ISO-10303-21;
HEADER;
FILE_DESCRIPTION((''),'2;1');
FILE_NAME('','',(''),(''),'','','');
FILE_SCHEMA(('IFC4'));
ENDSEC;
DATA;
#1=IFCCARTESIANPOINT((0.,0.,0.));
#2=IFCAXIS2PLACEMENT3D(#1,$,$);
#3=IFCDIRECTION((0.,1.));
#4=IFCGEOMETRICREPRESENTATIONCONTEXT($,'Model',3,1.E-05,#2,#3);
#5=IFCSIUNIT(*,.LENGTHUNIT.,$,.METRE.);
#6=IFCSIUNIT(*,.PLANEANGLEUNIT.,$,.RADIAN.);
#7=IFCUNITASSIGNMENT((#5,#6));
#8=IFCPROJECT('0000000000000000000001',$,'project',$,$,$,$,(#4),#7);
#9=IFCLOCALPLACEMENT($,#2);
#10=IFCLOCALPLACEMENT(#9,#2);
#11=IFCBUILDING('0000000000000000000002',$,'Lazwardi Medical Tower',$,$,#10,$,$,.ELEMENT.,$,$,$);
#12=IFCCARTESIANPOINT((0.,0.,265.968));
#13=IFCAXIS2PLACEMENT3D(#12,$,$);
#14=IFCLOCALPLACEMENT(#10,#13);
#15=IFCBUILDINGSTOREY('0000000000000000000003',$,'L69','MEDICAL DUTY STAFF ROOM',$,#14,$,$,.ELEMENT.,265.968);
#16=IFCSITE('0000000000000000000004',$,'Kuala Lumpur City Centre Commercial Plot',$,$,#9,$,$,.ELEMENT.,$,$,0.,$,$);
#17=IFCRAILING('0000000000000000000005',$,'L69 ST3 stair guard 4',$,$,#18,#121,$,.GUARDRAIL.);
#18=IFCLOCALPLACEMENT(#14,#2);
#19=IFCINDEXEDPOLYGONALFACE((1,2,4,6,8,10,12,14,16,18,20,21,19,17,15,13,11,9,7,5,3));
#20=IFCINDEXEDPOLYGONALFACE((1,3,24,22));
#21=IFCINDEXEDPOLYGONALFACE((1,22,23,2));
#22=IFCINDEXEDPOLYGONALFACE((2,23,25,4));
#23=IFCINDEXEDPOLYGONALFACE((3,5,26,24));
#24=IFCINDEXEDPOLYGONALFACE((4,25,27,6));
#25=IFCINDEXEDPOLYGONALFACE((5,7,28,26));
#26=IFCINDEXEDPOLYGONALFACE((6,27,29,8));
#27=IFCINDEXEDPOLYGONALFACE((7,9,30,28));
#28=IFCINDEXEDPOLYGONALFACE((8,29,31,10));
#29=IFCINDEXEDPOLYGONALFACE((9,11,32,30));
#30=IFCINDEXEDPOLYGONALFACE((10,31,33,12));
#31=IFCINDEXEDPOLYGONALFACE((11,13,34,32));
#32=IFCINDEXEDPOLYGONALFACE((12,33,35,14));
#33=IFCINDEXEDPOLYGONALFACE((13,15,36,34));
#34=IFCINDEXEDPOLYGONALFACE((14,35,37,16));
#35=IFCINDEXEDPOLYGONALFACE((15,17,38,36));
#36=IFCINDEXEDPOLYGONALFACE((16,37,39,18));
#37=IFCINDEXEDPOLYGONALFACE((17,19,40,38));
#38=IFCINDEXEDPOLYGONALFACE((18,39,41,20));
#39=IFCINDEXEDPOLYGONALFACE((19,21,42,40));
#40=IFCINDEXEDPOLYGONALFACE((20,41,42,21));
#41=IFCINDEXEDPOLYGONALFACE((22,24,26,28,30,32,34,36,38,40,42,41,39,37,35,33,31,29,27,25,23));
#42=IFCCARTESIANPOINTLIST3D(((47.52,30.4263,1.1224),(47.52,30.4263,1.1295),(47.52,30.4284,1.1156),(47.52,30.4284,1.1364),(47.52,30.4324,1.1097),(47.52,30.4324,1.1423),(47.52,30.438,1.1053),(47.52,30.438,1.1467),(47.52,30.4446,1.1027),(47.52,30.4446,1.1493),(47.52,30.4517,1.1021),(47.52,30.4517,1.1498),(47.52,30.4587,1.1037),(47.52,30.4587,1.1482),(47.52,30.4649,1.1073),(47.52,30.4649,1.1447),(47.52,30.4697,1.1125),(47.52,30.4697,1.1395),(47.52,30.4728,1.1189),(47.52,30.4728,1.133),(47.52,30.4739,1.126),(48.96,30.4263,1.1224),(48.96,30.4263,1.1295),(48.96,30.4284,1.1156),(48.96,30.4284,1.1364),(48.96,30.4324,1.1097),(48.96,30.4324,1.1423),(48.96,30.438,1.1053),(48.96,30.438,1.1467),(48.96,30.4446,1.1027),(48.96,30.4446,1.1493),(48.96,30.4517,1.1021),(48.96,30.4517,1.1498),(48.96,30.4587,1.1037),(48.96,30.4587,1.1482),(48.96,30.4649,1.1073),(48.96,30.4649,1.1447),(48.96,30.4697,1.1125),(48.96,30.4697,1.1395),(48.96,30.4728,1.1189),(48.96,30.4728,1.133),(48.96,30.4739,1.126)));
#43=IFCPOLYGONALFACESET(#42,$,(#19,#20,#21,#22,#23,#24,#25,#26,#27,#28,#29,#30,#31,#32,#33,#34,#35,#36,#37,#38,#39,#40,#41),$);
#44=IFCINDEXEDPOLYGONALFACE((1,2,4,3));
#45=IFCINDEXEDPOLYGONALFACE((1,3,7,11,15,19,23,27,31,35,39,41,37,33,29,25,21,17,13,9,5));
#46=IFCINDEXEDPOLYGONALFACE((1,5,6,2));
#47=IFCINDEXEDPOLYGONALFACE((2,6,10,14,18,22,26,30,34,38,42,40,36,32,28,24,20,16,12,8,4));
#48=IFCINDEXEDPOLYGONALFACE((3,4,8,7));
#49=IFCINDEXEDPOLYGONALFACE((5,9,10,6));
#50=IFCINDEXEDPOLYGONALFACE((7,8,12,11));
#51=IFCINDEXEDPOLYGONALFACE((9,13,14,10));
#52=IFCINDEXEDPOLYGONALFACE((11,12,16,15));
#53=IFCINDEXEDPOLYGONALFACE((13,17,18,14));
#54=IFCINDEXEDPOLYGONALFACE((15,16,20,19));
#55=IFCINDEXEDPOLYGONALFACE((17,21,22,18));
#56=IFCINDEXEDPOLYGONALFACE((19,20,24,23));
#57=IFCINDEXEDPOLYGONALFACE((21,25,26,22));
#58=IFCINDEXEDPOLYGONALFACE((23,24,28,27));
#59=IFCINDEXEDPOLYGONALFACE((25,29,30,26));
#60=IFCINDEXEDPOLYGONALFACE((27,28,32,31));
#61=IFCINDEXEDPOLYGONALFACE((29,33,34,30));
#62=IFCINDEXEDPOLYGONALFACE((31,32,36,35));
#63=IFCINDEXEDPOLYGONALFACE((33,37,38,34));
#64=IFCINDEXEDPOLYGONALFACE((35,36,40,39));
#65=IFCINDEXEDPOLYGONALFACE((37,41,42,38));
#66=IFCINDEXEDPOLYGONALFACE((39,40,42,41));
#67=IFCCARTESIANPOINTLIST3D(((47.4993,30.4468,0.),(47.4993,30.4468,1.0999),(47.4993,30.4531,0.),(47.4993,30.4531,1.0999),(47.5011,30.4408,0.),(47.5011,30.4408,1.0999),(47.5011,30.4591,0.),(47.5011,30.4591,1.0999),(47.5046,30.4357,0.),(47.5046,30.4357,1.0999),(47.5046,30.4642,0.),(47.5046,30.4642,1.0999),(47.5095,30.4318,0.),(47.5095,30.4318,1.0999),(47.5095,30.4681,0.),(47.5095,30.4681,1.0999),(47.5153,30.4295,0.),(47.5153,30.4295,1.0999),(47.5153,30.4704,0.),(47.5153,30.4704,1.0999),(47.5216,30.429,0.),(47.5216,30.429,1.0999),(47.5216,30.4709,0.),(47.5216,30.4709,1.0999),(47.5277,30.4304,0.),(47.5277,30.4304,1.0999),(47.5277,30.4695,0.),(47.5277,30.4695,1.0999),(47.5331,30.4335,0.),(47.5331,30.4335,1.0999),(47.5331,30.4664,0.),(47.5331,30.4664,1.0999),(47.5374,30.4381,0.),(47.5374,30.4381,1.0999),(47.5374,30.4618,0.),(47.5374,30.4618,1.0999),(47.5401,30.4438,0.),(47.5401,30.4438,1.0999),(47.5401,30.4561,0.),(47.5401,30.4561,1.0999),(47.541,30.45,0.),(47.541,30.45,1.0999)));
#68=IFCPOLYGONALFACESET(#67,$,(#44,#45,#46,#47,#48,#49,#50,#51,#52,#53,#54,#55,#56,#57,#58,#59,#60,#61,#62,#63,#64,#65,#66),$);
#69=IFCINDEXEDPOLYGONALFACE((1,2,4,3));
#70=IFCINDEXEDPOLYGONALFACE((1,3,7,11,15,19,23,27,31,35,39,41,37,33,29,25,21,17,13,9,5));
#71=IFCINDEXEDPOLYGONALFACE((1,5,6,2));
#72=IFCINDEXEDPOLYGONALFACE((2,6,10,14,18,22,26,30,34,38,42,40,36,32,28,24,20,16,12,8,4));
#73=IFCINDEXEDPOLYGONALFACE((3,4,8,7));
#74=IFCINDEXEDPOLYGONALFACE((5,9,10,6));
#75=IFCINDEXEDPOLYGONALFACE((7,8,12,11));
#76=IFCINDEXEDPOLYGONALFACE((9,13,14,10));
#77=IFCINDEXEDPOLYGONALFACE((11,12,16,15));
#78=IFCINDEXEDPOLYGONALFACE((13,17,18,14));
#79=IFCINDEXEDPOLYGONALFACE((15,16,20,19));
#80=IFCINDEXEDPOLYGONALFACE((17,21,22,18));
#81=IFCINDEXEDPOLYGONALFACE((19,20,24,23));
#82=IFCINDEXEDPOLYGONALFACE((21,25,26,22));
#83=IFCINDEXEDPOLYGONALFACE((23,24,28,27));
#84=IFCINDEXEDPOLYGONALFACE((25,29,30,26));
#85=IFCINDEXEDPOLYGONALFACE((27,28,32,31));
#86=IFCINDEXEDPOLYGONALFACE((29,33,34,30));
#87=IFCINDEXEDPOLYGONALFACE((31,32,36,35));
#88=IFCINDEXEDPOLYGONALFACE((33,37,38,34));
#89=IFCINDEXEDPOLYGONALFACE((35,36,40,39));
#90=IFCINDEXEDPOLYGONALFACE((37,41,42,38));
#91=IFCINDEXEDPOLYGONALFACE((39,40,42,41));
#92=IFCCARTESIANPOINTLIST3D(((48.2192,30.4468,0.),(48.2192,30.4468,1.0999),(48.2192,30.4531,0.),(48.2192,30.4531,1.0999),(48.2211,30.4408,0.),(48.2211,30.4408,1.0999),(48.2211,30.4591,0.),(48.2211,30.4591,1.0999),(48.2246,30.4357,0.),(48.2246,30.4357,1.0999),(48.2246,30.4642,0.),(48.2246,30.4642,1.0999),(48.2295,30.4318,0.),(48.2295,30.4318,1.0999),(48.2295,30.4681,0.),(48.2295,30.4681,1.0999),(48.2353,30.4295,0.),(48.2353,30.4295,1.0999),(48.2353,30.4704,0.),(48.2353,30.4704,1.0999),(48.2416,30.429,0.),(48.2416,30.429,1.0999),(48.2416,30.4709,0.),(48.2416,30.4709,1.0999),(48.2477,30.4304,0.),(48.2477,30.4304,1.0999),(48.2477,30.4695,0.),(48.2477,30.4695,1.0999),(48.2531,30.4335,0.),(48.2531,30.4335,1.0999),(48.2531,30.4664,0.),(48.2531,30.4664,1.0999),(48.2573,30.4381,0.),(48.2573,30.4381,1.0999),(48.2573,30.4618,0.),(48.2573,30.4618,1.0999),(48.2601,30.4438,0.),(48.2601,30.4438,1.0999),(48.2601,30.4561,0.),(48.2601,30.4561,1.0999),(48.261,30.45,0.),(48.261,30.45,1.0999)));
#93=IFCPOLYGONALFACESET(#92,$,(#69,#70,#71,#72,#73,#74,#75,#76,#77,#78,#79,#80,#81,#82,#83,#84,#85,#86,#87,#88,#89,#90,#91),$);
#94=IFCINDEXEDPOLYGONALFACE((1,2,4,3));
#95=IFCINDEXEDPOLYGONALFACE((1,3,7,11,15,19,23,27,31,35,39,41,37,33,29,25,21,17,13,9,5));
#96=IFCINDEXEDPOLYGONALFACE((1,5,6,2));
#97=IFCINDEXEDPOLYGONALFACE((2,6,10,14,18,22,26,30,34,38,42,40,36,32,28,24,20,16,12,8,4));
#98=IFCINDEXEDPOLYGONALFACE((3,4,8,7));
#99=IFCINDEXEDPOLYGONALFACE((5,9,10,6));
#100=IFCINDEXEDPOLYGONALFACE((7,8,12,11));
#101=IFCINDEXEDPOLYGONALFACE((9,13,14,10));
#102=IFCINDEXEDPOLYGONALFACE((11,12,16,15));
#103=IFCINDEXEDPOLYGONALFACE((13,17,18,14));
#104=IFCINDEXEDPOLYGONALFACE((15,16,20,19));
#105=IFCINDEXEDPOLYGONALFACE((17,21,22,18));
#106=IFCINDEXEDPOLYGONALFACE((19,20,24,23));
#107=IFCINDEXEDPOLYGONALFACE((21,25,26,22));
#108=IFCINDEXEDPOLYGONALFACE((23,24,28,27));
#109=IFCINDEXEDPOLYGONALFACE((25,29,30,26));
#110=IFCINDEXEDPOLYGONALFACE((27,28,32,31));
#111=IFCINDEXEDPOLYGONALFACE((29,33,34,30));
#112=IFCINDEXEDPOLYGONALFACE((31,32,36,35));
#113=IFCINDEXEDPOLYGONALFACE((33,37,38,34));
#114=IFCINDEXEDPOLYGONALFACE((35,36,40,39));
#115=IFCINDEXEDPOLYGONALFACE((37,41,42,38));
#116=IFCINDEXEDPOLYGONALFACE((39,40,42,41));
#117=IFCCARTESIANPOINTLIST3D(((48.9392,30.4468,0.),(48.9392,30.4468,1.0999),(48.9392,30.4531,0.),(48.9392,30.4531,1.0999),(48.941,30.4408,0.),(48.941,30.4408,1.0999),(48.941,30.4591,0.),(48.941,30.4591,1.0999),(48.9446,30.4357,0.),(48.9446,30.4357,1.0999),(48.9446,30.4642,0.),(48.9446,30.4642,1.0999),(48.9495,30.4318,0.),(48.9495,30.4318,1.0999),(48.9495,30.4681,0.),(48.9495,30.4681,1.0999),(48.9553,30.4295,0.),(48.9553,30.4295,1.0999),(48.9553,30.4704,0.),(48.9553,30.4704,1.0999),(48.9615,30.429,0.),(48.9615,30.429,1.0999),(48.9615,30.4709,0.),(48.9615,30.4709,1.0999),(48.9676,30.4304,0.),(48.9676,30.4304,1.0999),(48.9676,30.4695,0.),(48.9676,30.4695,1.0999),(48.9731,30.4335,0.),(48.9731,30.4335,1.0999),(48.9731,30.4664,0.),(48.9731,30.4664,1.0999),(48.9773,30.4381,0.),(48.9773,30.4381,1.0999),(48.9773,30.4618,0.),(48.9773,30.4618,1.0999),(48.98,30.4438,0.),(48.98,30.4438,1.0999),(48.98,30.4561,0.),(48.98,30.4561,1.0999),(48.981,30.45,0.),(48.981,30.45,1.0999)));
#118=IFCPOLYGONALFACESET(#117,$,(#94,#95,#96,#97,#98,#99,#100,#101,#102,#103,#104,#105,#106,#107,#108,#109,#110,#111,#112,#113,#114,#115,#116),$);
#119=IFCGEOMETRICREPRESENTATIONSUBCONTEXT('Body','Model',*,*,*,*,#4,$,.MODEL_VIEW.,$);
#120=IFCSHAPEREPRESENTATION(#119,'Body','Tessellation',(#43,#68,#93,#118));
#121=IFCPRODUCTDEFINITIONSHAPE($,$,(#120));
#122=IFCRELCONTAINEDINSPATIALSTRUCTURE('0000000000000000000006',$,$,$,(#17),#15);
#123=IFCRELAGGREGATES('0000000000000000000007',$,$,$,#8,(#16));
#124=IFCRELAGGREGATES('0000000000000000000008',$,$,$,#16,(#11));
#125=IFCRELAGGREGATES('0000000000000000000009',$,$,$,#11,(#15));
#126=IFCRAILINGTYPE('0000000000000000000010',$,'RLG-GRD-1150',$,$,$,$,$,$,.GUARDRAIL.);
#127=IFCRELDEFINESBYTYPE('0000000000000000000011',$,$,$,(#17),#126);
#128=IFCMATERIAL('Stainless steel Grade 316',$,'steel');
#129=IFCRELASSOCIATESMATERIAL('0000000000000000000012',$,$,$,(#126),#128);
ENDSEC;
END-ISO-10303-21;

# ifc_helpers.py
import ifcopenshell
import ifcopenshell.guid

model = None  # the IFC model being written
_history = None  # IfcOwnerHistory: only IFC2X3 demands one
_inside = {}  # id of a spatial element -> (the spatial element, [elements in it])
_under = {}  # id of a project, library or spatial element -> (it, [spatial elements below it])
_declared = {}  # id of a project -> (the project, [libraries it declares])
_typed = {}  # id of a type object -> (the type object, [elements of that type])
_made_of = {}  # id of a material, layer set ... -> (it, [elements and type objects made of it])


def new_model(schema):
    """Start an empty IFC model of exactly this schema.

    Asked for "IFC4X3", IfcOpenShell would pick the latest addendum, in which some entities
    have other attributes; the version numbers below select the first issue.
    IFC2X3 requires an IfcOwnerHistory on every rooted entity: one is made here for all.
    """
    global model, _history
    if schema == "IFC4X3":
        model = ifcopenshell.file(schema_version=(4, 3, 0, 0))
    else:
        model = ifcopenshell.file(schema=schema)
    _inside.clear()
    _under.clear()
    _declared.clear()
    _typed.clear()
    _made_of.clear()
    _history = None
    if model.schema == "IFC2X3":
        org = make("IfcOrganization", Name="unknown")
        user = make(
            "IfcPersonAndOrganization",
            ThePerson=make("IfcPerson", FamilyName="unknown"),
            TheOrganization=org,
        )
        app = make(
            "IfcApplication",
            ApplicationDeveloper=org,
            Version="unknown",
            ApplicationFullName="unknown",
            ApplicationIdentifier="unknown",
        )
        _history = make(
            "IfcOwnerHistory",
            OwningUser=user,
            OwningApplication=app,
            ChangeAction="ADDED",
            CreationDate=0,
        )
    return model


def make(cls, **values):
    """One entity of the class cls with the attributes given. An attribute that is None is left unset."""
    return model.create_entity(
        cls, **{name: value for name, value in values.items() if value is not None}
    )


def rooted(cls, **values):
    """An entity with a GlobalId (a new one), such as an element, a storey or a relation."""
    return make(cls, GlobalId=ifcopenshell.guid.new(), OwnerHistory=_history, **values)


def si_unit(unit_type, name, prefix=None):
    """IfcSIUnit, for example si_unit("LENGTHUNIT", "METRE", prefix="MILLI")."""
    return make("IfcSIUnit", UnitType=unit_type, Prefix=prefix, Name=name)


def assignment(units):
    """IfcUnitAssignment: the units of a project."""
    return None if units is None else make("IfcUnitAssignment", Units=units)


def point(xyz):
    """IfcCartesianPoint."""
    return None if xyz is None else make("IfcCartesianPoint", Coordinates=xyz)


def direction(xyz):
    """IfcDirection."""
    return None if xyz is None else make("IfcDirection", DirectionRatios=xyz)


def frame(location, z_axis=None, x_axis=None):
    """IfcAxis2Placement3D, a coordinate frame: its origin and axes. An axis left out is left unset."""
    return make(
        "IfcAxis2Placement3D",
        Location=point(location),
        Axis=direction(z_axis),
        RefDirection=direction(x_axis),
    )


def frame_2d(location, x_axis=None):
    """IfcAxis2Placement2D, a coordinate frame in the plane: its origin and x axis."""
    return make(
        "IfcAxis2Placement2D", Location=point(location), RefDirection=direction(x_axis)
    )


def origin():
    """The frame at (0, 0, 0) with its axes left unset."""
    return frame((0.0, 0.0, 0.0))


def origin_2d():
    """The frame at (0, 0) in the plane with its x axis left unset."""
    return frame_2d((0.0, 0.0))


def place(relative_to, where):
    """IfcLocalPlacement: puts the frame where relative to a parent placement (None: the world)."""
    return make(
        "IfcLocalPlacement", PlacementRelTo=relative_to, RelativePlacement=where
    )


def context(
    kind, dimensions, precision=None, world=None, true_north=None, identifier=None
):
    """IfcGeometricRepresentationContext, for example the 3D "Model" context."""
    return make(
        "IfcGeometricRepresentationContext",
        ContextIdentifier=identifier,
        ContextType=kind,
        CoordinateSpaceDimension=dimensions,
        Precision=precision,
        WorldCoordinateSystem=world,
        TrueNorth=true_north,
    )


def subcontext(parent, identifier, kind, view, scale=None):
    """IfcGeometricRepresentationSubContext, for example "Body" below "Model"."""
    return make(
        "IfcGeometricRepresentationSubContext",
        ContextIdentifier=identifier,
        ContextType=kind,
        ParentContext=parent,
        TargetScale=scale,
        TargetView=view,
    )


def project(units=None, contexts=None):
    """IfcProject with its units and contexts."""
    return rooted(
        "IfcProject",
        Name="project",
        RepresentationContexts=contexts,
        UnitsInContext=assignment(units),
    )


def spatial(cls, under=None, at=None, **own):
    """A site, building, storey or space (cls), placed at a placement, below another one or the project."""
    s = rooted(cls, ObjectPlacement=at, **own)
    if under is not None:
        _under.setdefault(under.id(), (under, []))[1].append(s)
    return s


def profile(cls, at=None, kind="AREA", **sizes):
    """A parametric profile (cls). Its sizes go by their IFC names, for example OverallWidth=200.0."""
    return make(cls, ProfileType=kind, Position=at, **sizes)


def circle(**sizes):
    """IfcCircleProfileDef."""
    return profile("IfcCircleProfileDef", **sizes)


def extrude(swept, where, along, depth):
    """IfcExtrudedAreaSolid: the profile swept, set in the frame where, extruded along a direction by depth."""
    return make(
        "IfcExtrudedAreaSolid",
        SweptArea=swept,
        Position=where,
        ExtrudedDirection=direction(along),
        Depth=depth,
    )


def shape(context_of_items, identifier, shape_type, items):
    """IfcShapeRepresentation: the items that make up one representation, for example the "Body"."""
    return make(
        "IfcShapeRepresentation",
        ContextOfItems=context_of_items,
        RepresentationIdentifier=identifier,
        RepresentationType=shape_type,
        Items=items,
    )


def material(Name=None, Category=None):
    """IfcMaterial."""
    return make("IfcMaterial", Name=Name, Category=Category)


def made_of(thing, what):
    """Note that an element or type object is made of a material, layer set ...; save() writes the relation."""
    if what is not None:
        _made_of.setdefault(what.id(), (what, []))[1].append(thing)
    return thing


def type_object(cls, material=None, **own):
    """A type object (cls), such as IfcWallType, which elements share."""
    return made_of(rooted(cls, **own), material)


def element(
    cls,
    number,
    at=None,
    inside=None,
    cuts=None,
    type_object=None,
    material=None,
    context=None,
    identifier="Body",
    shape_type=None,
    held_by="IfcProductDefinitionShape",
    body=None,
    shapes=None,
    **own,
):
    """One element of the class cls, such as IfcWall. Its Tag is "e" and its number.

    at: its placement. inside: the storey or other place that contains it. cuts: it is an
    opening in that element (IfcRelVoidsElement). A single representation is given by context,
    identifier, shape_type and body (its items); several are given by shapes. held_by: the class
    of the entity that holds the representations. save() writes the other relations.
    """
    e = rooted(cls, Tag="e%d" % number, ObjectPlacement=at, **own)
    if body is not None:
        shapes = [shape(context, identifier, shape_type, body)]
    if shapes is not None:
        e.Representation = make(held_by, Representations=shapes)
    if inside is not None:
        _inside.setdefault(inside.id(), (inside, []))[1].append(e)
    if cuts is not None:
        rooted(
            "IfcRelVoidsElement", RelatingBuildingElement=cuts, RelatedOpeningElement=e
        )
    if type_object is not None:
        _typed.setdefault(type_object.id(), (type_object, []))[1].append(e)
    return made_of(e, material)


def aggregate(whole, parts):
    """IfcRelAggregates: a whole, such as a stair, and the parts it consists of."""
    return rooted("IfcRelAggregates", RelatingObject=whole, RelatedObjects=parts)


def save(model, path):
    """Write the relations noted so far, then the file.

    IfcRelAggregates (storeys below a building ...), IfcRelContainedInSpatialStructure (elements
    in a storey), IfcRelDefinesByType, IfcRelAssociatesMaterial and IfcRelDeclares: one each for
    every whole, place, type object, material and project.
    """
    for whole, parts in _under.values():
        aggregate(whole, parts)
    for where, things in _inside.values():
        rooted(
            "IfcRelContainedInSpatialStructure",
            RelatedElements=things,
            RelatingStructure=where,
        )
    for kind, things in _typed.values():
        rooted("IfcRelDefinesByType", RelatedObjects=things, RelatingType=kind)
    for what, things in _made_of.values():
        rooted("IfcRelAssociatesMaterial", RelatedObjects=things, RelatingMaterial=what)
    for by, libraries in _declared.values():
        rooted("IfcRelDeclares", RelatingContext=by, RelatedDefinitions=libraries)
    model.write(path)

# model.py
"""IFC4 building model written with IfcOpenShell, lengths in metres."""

from ifc_helpers import new_model, si_unit, direction, frame, origin, origin_2d, place, context, subcontext, project, spatial, circle, extrude, material, type_object, element, save


model = new_model("IFC4")

# Units and contexts
model_context = context("Model", 3, precision=1e-05, world=origin(), true_north=direction((0.0, 1.0)))
body_context = subcontext(model_context, "Body", "Model", "MODEL_VIEW")
ifc_project = project(units=[si_unit("LENGTHUNIT", "METRE"), si_unit("PLANEANGLEUNIT", "RADIAN")], contexts=[model_context])

# Site, building, storey
site_placement = place(None, origin())
site = spatial("IfcSite", under=ifc_project, at=site_placement, Name="Kuala Lumpur City Centre Commercial Plot", CompositionType="ELEMENT", RefElevation=0.0)
building_placement = place(site_placement, origin())
building = spatial("IfcBuilding", under=site, at=building_placement, Name="Lazwardi Medical Tower", CompositionType="ELEMENT")
storey_placement = place(building_placement, frame((0.0, 0.0, 265.968)))
storey = spatial("IfcBuildingStorey", under=building, at=storey_placement, Name="L69", Description="MEDICAL DUTY STAFF ROOM", CompositionType="ELEMENT", Elevation=265.968)

# Railing
ifc_material_1 = material(Name="Stainless steel Grade 316", Category="steel")
railing_type = type_object("IfcRailingType", Name="RLG-GRD-1150", PredefinedType="GUARDRAIL", material=ifc_material_1)
railing_placement = place(storey_placement, frame((47.52, 30.45, 0.0)))
element("IfcRailing", 1, at=railing_placement, inside=storey, type_object=railing_type, Name="L69 ST3 stair guard 4", PredefinedType="GUARDRAIL", context=body_context, shape_type="SweptSolid", body=[
    extrude(circle(Radius=0.0239, at=origin_2d()), frame((0.0, 0.0, 1.126), z_axis=(1.0, 0.0, 0.0), x_axis=(0.0, 1.0, 0.0)), (0.0, 0.0, 1.0), 1.4399),
    extrude(circle(Radius=0.021, at=origin_2d()), origin(), (0.0, 0.0, 1.0), 1.0999),
    extrude(circle(Radius=0.021, at=origin_2d()), frame((0.72, 0.0, 0.0)), (0.0, 0.0, 1.0), 1.0999),
    extrude(circle(Radius=0.021, at=origin_2d()), frame((1.4399, 0.0, 0.0)), (0.0, 0.0, 1.0), 1.0999),
])

save(model, "model.ifc")
